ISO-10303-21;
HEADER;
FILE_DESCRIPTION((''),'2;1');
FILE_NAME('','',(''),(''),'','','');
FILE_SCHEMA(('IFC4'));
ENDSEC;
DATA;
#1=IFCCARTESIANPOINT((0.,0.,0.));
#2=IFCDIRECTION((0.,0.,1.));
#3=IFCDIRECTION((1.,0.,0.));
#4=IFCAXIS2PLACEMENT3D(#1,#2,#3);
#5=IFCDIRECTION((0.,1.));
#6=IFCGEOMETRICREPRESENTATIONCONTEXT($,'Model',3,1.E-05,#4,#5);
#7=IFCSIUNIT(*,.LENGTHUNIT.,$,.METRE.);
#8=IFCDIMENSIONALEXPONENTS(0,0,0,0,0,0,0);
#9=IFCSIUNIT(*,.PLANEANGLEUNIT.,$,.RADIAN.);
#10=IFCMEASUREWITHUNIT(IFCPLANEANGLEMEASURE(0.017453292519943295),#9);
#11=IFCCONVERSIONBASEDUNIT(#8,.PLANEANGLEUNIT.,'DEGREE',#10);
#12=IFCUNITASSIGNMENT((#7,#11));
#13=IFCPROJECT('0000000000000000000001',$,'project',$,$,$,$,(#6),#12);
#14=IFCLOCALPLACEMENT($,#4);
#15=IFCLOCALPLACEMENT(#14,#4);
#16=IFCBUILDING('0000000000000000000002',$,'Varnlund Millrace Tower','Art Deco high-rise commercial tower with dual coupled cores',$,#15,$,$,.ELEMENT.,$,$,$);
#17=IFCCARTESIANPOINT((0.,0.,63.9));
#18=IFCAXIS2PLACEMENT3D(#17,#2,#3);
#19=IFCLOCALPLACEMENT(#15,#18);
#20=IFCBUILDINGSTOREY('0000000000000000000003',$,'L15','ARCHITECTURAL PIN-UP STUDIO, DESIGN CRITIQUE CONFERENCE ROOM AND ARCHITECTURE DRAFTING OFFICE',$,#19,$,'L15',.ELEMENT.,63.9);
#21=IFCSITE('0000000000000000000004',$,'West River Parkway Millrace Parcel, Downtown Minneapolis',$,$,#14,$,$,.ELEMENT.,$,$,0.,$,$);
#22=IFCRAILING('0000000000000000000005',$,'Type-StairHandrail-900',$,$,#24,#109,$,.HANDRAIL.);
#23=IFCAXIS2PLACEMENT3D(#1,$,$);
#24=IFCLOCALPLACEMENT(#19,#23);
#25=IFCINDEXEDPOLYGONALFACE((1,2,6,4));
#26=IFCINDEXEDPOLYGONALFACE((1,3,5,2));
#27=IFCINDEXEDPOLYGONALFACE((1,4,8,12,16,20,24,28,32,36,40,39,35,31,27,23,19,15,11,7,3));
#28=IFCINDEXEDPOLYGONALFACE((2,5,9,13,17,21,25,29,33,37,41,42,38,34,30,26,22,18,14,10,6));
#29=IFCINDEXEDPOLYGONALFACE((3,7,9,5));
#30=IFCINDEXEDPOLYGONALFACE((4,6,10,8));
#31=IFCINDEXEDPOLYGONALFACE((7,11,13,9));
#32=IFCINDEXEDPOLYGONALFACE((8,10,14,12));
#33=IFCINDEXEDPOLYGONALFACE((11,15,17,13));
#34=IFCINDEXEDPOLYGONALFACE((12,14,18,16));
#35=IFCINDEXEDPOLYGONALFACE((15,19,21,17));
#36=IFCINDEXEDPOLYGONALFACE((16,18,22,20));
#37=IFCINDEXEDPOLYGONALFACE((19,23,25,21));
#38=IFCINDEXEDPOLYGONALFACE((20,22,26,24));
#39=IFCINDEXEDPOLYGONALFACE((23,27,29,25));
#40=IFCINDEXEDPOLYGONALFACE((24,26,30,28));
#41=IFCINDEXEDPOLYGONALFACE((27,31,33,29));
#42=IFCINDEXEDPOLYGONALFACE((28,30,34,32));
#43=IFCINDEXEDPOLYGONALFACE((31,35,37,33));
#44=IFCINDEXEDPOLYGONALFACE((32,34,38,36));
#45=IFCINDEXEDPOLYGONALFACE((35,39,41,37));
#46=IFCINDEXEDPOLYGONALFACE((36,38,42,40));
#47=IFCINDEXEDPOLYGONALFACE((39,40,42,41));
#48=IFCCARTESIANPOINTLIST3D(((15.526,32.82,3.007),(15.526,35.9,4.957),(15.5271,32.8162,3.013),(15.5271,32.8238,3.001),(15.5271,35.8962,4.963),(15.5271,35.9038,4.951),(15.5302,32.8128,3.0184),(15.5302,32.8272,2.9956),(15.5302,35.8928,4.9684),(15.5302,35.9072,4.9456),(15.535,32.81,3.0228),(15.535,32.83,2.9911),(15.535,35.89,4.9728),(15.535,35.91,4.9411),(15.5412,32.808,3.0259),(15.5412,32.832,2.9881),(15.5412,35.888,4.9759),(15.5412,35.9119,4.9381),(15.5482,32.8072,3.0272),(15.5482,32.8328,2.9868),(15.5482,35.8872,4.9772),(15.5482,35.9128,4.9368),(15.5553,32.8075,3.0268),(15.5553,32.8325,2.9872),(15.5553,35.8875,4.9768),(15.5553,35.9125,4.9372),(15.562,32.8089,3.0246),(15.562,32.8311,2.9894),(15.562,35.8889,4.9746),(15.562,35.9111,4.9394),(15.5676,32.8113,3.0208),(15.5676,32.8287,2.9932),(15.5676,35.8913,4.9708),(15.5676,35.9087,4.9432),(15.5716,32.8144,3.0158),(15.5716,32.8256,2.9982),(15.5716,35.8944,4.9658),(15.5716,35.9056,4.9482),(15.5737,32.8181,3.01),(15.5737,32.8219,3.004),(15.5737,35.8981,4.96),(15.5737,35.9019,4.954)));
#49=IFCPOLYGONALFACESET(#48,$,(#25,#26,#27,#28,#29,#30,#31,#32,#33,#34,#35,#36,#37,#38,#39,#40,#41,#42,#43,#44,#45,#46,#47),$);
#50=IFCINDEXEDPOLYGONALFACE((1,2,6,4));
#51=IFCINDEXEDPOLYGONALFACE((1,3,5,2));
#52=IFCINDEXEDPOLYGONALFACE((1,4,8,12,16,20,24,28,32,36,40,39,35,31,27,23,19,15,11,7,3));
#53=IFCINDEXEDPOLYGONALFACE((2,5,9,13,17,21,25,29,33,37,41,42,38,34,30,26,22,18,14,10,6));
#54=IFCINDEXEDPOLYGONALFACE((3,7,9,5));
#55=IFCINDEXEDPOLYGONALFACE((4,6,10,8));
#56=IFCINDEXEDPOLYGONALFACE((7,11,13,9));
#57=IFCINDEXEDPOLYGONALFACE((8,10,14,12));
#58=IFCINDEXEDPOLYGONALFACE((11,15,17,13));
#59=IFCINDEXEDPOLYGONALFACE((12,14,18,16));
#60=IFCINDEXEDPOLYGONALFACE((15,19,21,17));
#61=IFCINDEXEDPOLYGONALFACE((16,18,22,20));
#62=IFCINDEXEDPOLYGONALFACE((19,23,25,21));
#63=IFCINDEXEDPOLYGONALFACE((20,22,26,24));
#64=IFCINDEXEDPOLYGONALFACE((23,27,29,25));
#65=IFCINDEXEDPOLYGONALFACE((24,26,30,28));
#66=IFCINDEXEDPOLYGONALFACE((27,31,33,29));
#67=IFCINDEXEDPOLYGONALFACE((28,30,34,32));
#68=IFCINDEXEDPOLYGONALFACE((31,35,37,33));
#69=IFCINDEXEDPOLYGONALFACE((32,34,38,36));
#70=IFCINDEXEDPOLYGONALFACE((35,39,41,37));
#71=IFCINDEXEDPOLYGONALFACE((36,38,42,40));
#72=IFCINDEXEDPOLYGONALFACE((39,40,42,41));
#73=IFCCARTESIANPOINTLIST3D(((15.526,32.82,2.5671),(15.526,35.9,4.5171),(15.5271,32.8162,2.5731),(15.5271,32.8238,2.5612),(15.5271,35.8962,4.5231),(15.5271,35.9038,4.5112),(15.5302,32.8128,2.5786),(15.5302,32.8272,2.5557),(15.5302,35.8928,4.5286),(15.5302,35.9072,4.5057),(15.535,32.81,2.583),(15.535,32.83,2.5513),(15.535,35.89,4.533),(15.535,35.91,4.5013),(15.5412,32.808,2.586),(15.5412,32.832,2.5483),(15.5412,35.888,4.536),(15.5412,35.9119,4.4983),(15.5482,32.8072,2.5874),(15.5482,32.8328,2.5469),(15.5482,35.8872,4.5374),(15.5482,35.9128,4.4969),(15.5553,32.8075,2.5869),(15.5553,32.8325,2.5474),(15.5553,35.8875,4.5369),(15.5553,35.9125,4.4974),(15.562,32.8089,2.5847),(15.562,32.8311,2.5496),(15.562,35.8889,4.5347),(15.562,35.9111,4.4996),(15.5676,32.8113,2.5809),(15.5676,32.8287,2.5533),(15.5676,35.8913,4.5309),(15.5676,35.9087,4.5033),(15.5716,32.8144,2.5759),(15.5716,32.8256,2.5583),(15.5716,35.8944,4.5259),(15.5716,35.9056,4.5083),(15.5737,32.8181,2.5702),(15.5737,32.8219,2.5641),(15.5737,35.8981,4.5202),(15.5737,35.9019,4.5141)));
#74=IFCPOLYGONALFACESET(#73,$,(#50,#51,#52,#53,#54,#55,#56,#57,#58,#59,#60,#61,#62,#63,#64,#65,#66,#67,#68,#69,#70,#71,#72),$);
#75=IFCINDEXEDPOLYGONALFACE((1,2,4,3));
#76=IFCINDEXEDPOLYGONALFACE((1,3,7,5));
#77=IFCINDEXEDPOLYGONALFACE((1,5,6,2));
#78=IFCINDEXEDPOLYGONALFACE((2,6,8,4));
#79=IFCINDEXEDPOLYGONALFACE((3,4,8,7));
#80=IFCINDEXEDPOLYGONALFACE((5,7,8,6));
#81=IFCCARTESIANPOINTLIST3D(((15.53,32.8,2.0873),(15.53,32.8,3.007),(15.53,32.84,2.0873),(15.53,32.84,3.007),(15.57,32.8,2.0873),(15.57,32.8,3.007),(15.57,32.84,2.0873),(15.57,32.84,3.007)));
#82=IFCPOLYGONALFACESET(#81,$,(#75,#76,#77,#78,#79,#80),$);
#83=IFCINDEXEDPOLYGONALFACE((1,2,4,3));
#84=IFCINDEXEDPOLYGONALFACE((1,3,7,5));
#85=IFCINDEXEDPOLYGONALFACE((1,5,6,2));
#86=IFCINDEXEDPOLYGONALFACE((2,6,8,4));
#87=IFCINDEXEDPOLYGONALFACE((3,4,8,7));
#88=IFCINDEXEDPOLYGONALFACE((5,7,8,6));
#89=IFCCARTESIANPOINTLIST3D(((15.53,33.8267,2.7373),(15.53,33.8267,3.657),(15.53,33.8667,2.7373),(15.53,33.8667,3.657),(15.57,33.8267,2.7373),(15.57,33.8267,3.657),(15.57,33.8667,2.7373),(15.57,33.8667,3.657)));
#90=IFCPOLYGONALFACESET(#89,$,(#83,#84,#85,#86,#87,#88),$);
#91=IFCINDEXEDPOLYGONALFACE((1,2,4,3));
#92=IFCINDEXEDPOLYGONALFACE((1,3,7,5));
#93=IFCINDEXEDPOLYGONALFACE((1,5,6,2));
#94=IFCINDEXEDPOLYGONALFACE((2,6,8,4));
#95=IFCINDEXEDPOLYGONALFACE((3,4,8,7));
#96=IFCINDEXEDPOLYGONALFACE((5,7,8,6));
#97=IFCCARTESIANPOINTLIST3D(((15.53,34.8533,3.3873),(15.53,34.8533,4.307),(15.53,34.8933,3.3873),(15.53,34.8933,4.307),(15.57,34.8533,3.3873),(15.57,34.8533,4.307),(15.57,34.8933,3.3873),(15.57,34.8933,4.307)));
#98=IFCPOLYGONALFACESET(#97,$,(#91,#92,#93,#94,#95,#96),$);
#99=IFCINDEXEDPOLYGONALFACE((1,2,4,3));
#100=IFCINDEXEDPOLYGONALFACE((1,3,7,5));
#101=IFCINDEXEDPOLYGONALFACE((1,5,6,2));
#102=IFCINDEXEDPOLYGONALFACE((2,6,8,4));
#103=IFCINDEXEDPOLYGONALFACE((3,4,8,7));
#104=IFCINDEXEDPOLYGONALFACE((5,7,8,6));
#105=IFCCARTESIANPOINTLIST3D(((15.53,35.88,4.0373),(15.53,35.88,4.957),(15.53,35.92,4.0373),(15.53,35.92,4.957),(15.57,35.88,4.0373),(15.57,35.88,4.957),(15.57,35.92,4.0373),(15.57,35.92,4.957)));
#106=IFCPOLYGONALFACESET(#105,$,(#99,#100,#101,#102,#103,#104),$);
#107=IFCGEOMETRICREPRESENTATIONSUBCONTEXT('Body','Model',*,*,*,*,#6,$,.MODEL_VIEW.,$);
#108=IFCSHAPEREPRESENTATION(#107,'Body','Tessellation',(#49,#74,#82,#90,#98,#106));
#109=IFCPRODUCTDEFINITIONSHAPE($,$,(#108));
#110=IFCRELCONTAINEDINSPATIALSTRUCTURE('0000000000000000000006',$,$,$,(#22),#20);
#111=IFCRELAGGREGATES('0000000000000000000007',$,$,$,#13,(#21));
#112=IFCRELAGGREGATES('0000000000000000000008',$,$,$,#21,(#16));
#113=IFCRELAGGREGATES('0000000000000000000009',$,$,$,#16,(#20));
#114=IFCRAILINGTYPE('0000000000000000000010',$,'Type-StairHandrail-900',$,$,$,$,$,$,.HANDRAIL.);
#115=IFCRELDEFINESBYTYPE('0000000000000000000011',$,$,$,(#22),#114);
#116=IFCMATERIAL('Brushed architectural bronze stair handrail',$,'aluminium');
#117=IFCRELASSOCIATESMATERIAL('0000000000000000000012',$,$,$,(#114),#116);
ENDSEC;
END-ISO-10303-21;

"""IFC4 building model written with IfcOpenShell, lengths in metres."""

from ifc_helpers import new_model, entity, si_unit, converted_unit, direction, frame, origin_with_axes, origin_2d_with_axis, place, context, subcontext, project, spatial, rectangle, circle, extrude, material, type_object, element, save


model = new_model("IFC4")

# Units and contexts
model_context = context("Model", 3, precision=1e-05, world=origin_with_axes(), true_north=direction((0.0, 1.0)))
body_context = subcontext(model_context, "Body", "Model", "MODEL_VIEW")
ifc_project = project(units=[si_unit("LENGTHUNIT", "METRE"), converted_unit("PLANEANGLEUNIT", "DEGREE", entity("IfcPlaneAngleMeasure", 0.017453292519943295), si_unit("PLANEANGLEUNIT", "RADIAN"), dimensions=[0, 0, 0, 0, 0, 0, 0])], contexts=[model_context])

# Site, building, storey
site_placement = place(None, origin_with_axes())
site = spatial("IfcSite", under=ifc_project, at=site_placement, Name="West River Parkway Millrace Parcel, Downtown Minneapolis", CompositionType="ELEMENT", RefElevation=0.0)
building_placement = place(site_placement, origin_with_axes())
building = spatial("IfcBuilding", under=site, at=building_placement, Name="Varnlund Millrace Tower", Description="Art Deco high-rise commercial tower with dual coupled cores", CompositionType="ELEMENT")
storey_placement = place(building_placement, frame((0.0, 0.0, 63.9), z_axis=(0.0, 0.0, 1.0), x_axis=(1.0, 0.0, 0.0)))
storey = spatial("IfcBuildingStorey", under=building, at=storey_placement, Name="L15", Description="ARCHITECTURAL PIN-UP STUDIO, DESIGN CRITIQUE CONFERENCE ROOM AND ARCHITECTURE DRAFTING OFFICE", LongName="L15", CompositionType="ELEMENT", Elevation=63.9)

# Railing
ifc_material_1 = material(Name="Brushed architectural bronze stair handrail", Category="aluminium")
railing_type_1 = type_object("IfcRailingType", Name="Type-StairHandrail-900", PredefinedType="HANDRAIL", material=ifc_material_1)
railing_1_placement = place(storey_placement, frame((0.0, 0.0, -63.9), z_axis=(0.0, 0.0, 1.0), x_axis=(1.0, 0.0, 0.0)))
element("IfcRailing", 1, at=railing_1_placement, inside=storey, type_object=railing_type_1, Name="Type-StairHandrail-900", PredefinedType="HANDRAIL", context=body_context, shape_type="SweptSolid", body=[
    extrude(circle(Radius=0.024, at=origin_2d_with_axis()), frame((15.55, 32.82, 66.907), z_axis=(0.0, 0.844902, 0.534922), x_axis=(-1.0, 0.0, 0.0)), (0.0, 0.0, 1.0), 3.6454),
    extrude(circle(Radius=0.024, at=origin_2d_with_axis()), frame((15.55, 32.82, 66.4671), z_axis=(0.0, 0.844902, 0.534922), x_axis=(-1.0, 0.0, 0.0)), (0.0, 0.0, 1.0), 3.6454),
    extrude(rectangle(XDim=0.04, YDim=0.04, at=origin_2d_with_axis()), frame((15.55, 32.82, 65.9873), z_axis=(0.0, 0.0, 1.0), x_axis=(1.0, 0.0, 0.0)), (0.0, 0.0, 1.0), 0.9197),
    extrude(rectangle(XDim=0.04, YDim=0.04, at=origin_2d_with_axis()), frame((15.55, 33.8467, 66.6373), z_axis=(0.0, 0.0, 1.0), x_axis=(1.0, 0.0, 0.0)), (0.0, 0.0, 1.0), 0.9197),
    extrude(rectangle(XDim=0.04, YDim=0.04, at=origin_2d_with_axis()), frame((15.55, 34.8733, 67.2873), z_axis=(0.0, 0.0, 1.0), x_axis=(1.0, 0.0, 0.0)), (0.0, 0.0, 1.0), 0.9197),
    extrude(rectangle(XDim=0.04, YDim=0.04, at=origin_2d_with_axis()), frame((15.55, 35.9, 67.9373), z_axis=(0.0, 0.0, 1.0), x_axis=(1.0, 0.0, 0.0)), (0.0, 0.0, 1.0), 0.9197),
])

save(model, "model.ifc")
